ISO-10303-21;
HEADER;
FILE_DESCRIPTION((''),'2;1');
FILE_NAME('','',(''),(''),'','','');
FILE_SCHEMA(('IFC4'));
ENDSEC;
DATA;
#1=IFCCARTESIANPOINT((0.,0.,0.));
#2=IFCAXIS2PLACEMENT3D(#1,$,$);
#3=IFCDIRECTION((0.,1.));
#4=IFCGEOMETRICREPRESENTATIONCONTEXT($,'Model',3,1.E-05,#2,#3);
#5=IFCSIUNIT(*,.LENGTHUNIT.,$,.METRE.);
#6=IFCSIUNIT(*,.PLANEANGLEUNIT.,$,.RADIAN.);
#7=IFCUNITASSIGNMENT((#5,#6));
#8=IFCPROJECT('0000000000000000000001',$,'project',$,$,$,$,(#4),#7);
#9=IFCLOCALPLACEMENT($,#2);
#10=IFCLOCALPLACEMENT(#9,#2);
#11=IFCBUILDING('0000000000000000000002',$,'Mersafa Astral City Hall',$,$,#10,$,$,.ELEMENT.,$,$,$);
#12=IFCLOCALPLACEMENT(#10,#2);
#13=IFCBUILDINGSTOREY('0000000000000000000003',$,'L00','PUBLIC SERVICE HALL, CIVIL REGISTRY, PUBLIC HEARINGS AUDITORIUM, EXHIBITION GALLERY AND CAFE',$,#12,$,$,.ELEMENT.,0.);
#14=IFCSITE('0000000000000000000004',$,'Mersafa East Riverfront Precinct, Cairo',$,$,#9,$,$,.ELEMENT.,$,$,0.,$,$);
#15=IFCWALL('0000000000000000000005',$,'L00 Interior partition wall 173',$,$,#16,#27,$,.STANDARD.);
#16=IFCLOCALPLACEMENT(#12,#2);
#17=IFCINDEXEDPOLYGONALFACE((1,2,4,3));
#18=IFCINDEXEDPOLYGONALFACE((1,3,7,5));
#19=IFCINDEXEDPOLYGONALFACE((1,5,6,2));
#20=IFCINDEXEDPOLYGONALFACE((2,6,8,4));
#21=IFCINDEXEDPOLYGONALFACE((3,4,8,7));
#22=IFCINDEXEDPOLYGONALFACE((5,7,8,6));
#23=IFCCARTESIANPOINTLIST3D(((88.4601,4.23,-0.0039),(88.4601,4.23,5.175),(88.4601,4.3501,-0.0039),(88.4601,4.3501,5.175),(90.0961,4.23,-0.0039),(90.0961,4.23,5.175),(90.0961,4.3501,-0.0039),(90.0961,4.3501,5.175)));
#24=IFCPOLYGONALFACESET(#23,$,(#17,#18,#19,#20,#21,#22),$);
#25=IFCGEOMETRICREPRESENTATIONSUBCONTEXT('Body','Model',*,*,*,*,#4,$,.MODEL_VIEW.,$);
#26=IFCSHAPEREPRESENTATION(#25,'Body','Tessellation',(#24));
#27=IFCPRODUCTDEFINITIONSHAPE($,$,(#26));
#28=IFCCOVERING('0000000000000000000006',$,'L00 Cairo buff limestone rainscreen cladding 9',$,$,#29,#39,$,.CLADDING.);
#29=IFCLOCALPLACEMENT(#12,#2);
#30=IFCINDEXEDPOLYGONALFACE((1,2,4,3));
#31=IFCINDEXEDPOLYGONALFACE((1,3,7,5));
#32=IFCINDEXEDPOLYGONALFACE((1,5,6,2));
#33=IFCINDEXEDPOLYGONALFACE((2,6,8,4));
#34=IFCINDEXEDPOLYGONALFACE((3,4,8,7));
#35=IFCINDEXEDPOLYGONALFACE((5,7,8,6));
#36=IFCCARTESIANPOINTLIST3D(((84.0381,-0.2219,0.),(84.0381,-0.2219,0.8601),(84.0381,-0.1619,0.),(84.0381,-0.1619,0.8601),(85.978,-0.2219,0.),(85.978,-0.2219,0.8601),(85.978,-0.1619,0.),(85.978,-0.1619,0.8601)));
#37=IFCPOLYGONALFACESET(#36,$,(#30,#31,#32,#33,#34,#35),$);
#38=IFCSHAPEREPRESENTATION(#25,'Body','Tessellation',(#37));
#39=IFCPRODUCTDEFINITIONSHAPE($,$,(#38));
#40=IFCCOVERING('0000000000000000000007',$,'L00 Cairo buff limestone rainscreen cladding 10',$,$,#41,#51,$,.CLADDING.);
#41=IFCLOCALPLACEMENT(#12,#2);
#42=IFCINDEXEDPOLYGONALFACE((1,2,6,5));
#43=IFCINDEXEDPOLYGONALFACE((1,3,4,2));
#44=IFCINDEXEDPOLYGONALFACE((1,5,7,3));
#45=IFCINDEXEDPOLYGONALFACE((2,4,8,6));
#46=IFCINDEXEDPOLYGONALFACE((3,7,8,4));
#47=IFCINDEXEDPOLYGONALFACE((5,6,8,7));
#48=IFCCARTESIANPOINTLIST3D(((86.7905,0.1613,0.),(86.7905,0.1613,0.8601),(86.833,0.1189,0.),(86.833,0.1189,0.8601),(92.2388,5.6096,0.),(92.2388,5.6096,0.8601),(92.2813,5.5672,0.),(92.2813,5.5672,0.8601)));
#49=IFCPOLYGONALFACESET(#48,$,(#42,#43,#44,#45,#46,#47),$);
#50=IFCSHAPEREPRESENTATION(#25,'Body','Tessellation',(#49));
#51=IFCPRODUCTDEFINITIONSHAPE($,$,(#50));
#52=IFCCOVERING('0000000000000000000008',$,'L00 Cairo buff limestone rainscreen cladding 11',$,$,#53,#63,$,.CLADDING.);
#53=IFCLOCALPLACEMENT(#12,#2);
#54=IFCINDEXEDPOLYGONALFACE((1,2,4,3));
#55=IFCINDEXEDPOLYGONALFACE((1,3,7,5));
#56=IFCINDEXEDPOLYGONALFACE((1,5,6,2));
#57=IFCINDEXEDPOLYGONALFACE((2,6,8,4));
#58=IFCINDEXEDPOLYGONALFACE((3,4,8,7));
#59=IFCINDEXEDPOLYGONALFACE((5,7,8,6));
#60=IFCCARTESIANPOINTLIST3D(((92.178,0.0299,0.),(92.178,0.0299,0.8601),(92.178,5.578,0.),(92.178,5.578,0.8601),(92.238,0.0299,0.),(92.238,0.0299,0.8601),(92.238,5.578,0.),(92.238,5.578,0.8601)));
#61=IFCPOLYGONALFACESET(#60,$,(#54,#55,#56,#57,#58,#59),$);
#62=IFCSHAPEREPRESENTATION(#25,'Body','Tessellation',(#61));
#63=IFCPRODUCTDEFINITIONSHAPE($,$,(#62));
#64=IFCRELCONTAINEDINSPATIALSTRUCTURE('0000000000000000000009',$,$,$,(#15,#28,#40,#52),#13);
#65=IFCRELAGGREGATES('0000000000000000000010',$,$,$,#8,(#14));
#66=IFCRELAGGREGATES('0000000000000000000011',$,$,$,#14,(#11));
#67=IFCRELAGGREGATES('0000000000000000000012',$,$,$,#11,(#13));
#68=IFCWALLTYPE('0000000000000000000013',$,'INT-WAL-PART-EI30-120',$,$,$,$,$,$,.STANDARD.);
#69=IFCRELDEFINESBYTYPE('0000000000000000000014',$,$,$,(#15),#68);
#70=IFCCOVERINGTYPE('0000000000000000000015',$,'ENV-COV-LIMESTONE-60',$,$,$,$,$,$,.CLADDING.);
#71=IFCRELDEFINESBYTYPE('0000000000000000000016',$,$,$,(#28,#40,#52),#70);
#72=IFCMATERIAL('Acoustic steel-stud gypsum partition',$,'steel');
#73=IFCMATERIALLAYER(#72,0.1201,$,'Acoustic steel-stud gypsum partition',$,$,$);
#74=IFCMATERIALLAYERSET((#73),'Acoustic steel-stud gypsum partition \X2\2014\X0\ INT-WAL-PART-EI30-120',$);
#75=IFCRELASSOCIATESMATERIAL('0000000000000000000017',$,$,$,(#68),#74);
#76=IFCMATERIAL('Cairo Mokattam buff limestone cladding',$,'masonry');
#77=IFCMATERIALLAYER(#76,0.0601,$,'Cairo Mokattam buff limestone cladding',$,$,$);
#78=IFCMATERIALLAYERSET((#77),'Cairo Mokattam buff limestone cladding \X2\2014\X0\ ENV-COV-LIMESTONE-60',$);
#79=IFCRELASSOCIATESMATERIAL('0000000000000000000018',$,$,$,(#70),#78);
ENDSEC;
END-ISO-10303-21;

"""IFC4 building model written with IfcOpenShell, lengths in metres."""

from ifc_helpers import new_model, si_unit, direction, frame, frame_2d, origin, origin_2d, place, context, subcontext, project, spatial, rectangle, extrude, material, layer, layer_set, type_object, element, save


model = new_model("IFC4")

# Units and contexts
model_context = context("Model", 3, precision=1e-05, world=origin(), true_north=direction((0.0, 1.0)))
body_context = subcontext(model_context, "Body", "Model", "MODEL_VIEW")
ifc_project = project(units=[si_unit("LENGTHUNIT", "METRE"), si_unit("PLANEANGLEUNIT", "RADIAN")], contexts=[model_context])

# Site, building, storey
site_placement = place(None, origin())
site = spatial("IfcSite", under=ifc_project, at=site_placement, Name="Mersafa East Riverfront Precinct, Cairo", CompositionType="ELEMENT", RefElevation=0.0)
building_placement = place(site_placement, origin())
building = spatial("IfcBuilding", under=site, at=building_placement, Name="Mersafa Astral City Hall", CompositionType="ELEMENT")
storey_placement = place(building_placement, origin())
storey = spatial("IfcBuildingStorey", under=building, at=storey_placement, Name="L00", Description="PUBLIC SERVICE HALL, CIVIL REGISTRY, PUBLIC HEARINGS AUDITORIUM, EXHIBITION GALLERY AND CAFE", CompositionType="ELEMENT", Elevation=0.0)

# Wall
ifc_material_1 = material(Name="Acoustic steel-stud gypsum partition", Category="steel")
ifc_layer_1 = layer(ifc_material_1, 0.1201, Name="Acoustic steel-stud gypsum partition")
ifc_layer_set_1 = layer_set([ifc_layer_1], Name="Acoustic steel-stud gypsum partition — INT-WAL-PART-EI30-120")
wall_type_1 = type_object("IfcWallType", Name="INT-WAL-PART-EI30-120", PredefinedType="STANDARD", material=ifc_layer_set_1)
wall_1_placement = place(storey_placement, frame((90.0959, 4.29, -0.0039), z_axis=(0.0, 0.0, 1.0), x_axis=(-1.0, 0.0, 0.0)))
element("IfcWall", 1, at=wall_1_placement, inside=storey, type_object=wall_type_1, Name="L00 Interior partition wall 173", PredefinedType="STANDARD", context=body_context, shape_type="SweptSolid", body=[
    extrude(rectangle(XDim=1.636, YDim=0.1201, at=frame_2d((0.8179, 0.0))), origin(), (0.0, 0.0, 1.0), 5.179),
])

# Coverings
ifc_material_2 = material(Name="Cairo Mokattam buff limestone cladding", Category="masonry")
ifc_layer_2 = layer(ifc_material_2, 0.0601, Name="Cairo Mokattam buff limestone cladding")
ifc_layer_set_2 = layer_set([ifc_layer_2], Name="Cairo Mokattam buff limestone cladding — ENV-COV-LIMESTONE-60")
covering_type = type_object("IfcCoveringType", Name="ENV-COV-LIMESTONE-60", PredefinedType="CLADDING", material=ifc_layer_set_2)
covering_1_placement = place(storey_placement, frame((85.0081, -0.1919, 0.0), z_axis=(0.0, 0.0, 1.0), x_axis=(1.0, 0.0, 0.0)))
element("IfcCovering", 2, at=covering_1_placement, inside=storey, type_object=covering_type, Name="L00 Cairo buff limestone rainscreen cladding 9", PredefinedType="CLADDING", context=body_context, shape_type="SweptSolid", body=[
    extrude(rectangle(XDim=1.9399, YDim=0.0601, at=origin_2d()), origin(), (0.0, 0.0, 1.0), 0.8601),
])
covering_2_placement = place(storey_placement, frame((89.5359, 2.8643, 0.0), z_axis=(0.0, 0.0, 1.0), x_axis=(0.707107, 0.707107, 0.0)))
element("IfcCovering", 3, at=covering_2_placement, inside=storey, type_object=covering_type, Name="L00 Cairo buff limestone rainscreen cladding 10", PredefinedType="CLADDING", context=body_context, shape_type="SweptSolid", body=[
    extrude(rectangle(XDim=7.7051, YDim=0.0601, at=origin_2d()), origin(), (0.0, 0.0, 1.0), 0.8601),
])
covering_3_placement = place(storey_placement, frame((92.208, 2.804, 0.0), z_axis=(0.0, 0.0, 1.0), x_axis=(0.0, -1.0, 0.0)))
element("IfcCovering", 4, at=covering_3_placement, inside=storey, type_object=covering_type, Name="L00 Cairo buff limestone rainscreen cladding 11", PredefinedType="CLADDING", context=body_context, shape_type="SweptSolid", body=[
    extrude(rectangle(XDim=5.5481, YDim=0.0601, at=origin_2d()), origin(), (0.0, 0.0, 1.0), 0.8601),
])

save(model, "model.ifc")
